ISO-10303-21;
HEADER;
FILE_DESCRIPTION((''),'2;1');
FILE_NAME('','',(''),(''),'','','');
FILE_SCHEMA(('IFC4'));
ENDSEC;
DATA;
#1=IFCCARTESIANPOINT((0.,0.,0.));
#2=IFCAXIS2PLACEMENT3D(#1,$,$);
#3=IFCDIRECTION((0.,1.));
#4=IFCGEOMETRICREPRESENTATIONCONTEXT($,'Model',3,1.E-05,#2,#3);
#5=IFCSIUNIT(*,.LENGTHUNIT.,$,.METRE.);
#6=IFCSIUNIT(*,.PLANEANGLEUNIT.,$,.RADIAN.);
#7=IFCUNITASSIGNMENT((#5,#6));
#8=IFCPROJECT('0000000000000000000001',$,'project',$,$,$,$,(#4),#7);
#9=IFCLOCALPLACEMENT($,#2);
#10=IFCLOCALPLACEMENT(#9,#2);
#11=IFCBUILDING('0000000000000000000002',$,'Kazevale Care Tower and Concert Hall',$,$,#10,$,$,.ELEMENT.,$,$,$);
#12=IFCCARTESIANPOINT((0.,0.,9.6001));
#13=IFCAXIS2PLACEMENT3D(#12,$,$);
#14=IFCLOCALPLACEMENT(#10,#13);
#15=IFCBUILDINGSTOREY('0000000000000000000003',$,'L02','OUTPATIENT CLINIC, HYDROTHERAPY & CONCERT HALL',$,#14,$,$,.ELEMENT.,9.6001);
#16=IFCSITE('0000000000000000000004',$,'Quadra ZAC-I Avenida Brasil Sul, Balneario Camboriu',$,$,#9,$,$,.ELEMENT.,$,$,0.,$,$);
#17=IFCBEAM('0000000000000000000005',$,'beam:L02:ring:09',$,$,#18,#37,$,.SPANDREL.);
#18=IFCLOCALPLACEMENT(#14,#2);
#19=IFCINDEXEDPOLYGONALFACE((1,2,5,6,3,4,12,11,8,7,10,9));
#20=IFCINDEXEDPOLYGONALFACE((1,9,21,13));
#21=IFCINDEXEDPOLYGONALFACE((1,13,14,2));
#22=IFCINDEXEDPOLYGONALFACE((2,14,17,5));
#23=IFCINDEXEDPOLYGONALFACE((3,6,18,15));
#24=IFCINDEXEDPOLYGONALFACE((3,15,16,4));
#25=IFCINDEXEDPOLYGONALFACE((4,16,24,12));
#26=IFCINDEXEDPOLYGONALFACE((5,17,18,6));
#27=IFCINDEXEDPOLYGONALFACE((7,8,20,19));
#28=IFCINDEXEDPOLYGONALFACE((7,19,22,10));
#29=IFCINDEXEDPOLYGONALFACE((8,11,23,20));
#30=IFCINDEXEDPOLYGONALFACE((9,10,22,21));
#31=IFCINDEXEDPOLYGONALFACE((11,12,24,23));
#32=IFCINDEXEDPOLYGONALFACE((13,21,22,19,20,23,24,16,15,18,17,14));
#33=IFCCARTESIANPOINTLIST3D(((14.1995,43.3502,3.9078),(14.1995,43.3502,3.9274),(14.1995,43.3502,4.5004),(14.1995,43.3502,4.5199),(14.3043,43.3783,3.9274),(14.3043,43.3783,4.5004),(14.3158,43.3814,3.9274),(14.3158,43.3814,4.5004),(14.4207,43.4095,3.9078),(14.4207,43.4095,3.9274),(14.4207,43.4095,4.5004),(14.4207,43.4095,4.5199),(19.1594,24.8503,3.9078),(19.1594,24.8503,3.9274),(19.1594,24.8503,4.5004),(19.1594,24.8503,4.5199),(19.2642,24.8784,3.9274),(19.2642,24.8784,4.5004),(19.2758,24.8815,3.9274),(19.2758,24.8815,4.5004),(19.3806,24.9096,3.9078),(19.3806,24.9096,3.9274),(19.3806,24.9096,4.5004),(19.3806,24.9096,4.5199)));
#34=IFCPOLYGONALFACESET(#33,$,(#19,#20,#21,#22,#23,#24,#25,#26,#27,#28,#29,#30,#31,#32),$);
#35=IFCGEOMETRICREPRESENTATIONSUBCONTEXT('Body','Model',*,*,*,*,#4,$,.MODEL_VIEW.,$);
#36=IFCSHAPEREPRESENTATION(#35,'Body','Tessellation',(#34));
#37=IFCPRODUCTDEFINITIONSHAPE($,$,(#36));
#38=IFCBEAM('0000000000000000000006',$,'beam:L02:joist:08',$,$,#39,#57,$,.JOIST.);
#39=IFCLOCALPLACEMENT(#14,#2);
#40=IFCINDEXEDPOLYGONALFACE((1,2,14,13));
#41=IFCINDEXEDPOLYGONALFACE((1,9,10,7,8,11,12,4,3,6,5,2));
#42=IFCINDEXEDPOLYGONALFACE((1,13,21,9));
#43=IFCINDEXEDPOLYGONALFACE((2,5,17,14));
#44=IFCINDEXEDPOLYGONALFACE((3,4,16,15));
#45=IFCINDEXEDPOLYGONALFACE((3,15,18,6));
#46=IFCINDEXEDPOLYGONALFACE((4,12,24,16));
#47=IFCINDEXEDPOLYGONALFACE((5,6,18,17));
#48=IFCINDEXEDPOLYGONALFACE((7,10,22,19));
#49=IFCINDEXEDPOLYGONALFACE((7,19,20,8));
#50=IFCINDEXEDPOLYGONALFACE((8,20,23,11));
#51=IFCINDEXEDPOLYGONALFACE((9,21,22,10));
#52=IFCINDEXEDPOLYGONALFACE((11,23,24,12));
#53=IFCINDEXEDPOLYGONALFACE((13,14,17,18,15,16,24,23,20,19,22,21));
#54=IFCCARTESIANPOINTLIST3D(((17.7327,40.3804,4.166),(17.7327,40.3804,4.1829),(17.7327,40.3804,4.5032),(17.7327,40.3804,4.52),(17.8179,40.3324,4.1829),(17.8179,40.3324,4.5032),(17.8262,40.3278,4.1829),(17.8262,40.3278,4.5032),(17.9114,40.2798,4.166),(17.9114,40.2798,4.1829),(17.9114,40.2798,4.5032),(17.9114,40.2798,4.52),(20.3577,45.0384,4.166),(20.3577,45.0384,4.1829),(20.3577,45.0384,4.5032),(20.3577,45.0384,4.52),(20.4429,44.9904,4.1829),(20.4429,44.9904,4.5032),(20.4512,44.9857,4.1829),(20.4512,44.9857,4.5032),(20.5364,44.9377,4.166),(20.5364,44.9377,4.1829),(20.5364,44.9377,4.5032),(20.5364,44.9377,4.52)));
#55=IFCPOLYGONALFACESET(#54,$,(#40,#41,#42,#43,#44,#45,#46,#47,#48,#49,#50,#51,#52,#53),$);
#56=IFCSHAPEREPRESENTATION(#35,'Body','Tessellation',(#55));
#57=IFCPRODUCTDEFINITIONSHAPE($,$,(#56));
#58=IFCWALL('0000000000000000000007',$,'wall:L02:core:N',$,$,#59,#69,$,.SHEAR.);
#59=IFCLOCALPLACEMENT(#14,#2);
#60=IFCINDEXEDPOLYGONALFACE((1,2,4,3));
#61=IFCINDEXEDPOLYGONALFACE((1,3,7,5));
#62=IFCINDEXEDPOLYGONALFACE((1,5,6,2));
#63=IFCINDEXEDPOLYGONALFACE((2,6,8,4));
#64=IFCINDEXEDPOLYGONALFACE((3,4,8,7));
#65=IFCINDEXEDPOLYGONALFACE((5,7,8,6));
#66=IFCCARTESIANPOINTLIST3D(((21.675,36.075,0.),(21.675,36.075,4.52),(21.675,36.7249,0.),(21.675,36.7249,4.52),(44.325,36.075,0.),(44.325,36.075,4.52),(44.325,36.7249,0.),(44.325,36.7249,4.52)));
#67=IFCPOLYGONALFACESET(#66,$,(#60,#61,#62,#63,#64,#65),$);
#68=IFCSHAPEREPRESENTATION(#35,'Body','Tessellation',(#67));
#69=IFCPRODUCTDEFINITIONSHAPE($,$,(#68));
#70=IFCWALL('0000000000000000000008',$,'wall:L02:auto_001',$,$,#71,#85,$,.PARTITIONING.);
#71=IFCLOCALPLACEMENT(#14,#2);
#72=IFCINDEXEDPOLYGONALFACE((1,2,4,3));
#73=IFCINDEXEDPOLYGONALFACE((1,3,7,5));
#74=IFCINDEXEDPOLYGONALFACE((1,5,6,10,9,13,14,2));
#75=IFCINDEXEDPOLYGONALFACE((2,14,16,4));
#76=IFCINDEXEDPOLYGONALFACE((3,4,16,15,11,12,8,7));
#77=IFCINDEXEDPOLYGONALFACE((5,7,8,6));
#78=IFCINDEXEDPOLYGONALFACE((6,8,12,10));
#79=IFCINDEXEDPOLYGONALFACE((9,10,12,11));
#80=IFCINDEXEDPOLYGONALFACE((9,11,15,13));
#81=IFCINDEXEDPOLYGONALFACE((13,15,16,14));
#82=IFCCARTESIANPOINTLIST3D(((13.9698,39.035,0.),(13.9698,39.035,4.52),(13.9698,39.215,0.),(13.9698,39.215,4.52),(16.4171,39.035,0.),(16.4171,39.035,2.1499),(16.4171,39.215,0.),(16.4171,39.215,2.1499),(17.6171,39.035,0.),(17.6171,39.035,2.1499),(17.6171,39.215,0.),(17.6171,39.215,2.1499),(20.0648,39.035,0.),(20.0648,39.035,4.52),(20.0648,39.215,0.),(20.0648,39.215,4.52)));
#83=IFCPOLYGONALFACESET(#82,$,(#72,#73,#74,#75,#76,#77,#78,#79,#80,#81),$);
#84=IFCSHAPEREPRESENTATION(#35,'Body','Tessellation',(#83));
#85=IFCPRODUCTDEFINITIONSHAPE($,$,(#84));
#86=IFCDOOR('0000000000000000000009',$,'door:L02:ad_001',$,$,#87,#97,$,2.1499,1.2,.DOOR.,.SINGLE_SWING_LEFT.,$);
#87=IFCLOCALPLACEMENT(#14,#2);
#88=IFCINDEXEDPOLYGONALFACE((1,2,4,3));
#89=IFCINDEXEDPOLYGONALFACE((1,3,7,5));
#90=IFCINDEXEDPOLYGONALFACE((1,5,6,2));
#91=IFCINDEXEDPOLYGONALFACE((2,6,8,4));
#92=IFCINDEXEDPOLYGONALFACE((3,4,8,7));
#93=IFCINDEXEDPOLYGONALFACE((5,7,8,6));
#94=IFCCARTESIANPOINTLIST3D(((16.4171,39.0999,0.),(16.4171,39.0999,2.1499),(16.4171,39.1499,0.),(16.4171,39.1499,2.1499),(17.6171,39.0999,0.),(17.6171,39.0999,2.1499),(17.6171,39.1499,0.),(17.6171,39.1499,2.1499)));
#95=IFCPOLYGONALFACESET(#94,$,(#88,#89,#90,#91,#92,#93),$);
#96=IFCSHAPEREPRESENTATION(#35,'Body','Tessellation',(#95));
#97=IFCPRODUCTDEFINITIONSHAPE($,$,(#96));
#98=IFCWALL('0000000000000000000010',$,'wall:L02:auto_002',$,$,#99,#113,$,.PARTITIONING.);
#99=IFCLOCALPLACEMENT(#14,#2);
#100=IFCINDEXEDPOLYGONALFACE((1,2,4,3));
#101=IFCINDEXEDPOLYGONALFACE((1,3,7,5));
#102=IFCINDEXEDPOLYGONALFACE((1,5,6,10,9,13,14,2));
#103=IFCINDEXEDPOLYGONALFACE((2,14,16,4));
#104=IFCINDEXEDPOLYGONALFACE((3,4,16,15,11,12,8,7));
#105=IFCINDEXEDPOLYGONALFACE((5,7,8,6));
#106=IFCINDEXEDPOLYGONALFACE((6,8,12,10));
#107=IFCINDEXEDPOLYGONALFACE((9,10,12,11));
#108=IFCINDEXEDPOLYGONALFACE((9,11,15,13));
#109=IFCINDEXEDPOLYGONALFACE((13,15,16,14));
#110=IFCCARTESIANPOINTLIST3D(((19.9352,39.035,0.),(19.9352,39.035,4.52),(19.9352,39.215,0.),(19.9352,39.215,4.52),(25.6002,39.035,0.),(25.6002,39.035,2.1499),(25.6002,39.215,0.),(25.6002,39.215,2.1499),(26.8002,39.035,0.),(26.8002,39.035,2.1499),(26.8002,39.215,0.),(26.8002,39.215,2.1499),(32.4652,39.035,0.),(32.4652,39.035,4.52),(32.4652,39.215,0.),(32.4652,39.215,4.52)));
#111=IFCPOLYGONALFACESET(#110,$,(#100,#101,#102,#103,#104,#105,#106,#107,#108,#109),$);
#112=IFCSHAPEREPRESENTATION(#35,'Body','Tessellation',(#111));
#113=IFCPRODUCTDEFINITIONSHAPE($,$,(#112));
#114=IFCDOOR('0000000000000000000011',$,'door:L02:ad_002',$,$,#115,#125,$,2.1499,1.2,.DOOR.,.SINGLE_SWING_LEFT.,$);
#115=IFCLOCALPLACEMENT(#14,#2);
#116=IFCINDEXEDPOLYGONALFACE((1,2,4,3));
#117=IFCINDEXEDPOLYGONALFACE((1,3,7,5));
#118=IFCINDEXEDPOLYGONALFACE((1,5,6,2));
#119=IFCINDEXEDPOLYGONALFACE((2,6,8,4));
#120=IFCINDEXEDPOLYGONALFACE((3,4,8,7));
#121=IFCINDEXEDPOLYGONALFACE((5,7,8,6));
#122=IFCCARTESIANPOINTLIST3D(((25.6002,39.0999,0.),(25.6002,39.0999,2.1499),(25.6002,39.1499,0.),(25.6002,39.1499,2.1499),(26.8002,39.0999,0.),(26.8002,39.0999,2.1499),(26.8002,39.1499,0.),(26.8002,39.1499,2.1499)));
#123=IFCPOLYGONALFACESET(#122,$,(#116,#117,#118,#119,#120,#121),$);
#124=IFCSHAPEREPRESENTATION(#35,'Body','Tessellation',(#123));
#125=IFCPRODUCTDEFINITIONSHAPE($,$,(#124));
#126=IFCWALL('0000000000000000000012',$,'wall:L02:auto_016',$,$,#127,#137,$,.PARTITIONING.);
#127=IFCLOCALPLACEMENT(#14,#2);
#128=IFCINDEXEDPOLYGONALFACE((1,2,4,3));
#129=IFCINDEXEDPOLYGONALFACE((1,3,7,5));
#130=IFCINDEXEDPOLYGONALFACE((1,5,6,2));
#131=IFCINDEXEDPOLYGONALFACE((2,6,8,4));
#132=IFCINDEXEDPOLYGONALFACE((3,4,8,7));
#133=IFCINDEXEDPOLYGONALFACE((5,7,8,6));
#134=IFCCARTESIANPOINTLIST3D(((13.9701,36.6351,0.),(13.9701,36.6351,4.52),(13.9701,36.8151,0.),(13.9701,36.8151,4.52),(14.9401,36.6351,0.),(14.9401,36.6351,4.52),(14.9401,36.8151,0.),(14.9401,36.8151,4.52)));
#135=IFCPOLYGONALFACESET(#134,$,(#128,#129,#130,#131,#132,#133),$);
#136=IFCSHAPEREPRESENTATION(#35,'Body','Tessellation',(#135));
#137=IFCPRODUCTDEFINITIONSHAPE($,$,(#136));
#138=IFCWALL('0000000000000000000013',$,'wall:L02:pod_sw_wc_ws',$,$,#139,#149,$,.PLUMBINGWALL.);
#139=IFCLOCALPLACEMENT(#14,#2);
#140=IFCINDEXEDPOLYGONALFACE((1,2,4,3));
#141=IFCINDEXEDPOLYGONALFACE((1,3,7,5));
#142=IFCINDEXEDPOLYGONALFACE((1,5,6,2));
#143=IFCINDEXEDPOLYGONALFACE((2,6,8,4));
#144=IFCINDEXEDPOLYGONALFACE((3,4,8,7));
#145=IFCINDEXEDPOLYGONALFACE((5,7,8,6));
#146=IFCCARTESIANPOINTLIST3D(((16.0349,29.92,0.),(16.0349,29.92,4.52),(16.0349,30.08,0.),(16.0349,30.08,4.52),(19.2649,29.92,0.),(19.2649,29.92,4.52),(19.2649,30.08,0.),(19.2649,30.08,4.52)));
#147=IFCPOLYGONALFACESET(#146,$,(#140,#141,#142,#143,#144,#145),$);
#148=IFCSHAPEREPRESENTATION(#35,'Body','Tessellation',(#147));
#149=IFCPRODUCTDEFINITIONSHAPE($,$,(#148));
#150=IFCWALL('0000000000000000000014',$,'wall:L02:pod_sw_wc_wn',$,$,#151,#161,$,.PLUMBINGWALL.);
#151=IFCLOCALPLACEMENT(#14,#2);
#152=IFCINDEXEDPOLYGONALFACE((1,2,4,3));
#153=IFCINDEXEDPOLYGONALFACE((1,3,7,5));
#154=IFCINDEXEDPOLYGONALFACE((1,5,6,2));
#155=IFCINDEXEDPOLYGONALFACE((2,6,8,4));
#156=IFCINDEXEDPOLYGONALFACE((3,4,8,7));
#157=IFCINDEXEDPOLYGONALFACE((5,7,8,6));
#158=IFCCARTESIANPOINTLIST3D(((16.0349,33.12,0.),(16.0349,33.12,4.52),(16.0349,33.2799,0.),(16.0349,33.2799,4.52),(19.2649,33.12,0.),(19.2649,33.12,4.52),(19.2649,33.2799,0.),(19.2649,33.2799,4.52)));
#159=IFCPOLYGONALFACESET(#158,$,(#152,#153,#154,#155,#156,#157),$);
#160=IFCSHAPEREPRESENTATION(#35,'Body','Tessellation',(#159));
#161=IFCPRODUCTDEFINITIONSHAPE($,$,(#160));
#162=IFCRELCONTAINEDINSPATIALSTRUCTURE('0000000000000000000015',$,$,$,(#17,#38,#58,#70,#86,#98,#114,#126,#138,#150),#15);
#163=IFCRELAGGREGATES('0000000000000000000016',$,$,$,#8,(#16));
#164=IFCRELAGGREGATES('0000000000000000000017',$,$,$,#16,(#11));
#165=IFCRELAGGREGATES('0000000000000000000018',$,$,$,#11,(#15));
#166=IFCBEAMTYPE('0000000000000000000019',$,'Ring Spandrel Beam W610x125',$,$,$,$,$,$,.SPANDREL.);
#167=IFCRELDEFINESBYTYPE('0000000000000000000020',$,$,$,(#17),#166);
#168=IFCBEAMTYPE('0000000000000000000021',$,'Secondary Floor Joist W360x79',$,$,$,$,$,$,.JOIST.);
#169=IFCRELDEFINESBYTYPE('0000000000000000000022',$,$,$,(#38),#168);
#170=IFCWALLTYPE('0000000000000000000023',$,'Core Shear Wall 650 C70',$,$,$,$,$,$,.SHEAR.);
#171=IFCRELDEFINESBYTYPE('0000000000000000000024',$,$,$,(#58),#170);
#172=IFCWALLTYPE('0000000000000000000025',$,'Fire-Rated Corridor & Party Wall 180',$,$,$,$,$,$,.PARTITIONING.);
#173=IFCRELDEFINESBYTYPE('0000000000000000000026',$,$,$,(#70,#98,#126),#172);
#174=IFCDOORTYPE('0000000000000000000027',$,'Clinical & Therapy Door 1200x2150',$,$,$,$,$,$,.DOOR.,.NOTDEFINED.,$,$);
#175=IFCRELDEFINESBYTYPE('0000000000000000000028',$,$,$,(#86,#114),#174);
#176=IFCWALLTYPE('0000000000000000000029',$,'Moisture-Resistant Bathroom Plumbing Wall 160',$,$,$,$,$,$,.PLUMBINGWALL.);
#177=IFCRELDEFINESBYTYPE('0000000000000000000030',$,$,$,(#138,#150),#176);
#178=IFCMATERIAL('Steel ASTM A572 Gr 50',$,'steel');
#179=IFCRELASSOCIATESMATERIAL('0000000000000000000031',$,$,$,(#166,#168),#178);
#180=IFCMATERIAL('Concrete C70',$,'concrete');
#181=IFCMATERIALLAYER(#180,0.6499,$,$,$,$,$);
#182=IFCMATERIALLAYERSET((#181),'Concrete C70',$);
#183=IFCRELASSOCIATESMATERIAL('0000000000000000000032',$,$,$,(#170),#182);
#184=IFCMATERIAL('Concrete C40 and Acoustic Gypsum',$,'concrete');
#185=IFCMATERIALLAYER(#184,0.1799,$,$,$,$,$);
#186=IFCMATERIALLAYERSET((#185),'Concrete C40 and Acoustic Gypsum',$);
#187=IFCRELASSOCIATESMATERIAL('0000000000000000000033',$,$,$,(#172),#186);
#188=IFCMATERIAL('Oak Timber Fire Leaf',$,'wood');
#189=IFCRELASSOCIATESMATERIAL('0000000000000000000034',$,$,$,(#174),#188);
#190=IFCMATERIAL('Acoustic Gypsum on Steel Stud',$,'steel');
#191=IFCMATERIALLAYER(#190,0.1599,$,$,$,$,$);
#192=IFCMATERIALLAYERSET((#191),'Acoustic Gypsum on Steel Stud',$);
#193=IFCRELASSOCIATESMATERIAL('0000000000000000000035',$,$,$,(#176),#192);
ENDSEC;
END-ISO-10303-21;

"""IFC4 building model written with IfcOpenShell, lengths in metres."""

from ifc_helpers import new_model, si_unit, direction, frame, frame_2d, origin, origin_2d, place, context, subcontext, project, spatial, rectangle, i_section, extrude, material, layer, layer_set, material_profile, profile_set, type_object, element, fill, save


model = new_model("IFC4")

# Units and contexts
model_context = context("Model", 3, precision=1e-05, world=origin(), true_north=direction((0.0, 1.0)))
body_context = subcontext(model_context, "Body", "Model", "MODEL_VIEW")
ifc_project = project(units=[si_unit("LENGTHUNIT", "METRE"), si_unit("PLANEANGLEUNIT", "RADIAN")], contexts=[model_context])

# Site, building, storey
site_placement = place(None, origin())
site = spatial("IfcSite", under=ifc_project, at=site_placement, Name="Quadra ZAC-I Avenida Brasil Sul, Balneario Camboriu", CompositionType="ELEMENT", RefElevation=0.0)
building_placement = place(site_placement, origin())
building = spatial("IfcBuilding", under=site, at=building_placement, Name="Kazevale Care Tower and Concert Hall", CompositionType="ELEMENT")
storey_placement = place(building_placement, frame((0.0, 0.0, 9.6001)))
storey = spatial("IfcBuildingStorey", under=building, at=storey_placement, Name="L02", Description="OUTPATIENT CLINIC, HYDROTHERAPY & CONCERT HALL", CompositionType="ELEMENT", Elevation=9.6001)

# Shared definitions
ifc_material_1 = material(Name="Concrete C70", Category="concrete")

# Beams
ifc_material_2 = material(Name="Steel ASTM A572 Gr 50", Category="steel")
ifc_material_profile_1 = material_profile(ifc_material_2, i_section(OverallWidth=0.229, OverallDepth=0.6121, WebThickness=0.012, FlangeThickness=0.0195, at=origin_2d()), Name="W610x125")
ifc_profile_set_1 = profile_set([ifc_material_profile_1], Name="Steel ASTM A572 Gr 50")
beam_type_1 = type_object("IfcBeamType", Name="Ring Spandrel Beam W610x125", PredefinedType="SPANDREL", material=ifc_profile_set_1)
beam_1_placement = place(storey_placement, frame((14.3101, 43.3799, 4.2139), z_axis=(0.25896, -0.965888, 0.0), x_axis=(0.965888, 0.25896, 0.0)))
element("IfcBeam", 1, at=beam_1_placement, inside=storey, type_object=beam_type_1, Name="beam:L02:ring:09", PredefinedType="SPANDREL", context=body_context, shape_type="SweptSolid", body=[
    extrude(i_section(OverallWidth=0.229, OverallDepth=0.6121, WebThickness=0.012, FlangeThickness=0.0195, at=origin_2d()), origin(), (0.0, 0.0, 1.0), 19.1533),
])
ifc_material_profile_2 = material_profile(ifc_material_2, i_section(OverallWidth=0.2051, OverallDepth=0.354, WebThickness=0.0095, FlangeThickness=0.0168, at=origin_2d()), Name="W360x79")
ifc_profile_set_2 = profile_set([ifc_material_profile_2], Name="Steel ASTM A572 Gr 50")
beam_type_2 = type_object("IfcBeamType", Name="Secondary Floor Joist W360x79", PredefinedType="JOIST", material=ifc_profile_set_2)
beam_2_placement = place(storey_placement, frame((20.447, 44.988, 4.343), z_axis=(-0.490957, -0.871184, 0.0), x_axis=(0.871184, -0.490957, 0.0)))
element("IfcBeam", 2, at=beam_2_placement, inside=storey, type_object=beam_type_2, Name="beam:L02:joist:08", PredefinedType="JOIST", context=body_context, shape_type="SweptSolid", body=[
    extrude(i_section(OverallWidth=0.2051, OverallDepth=0.354, WebThickness=0.0095, FlangeThickness=0.0168, at=origin_2d()), origin(), (0.0, 0.0, 1.0), 5.3467),
])

# Wall
ifc_layer_1 = layer(ifc_material_1, 0.6499)
ifc_layer_set_1 = layer_set([ifc_layer_1], Name="Concrete C70")
wall_type_1 = type_object("IfcWallType", Name="Core Shear Wall 650 C70", PredefinedType="SHEAR", material=ifc_layer_set_1)
wall_1_placement = place(storey_placement, frame((21.675, 36.3999, 0.0), z_axis=(0.0, 0.0, 1.0), x_axis=(1.0, 0.0, 0.0)))
element("IfcWall", 3, at=wall_1_placement, inside=storey, type_object=wall_type_1, Name="wall:L02:core:N", PredefinedType="SHEAR", context=body_context, shape_type="SweptSolid", body=[
    extrude(rectangle(XDim=22.6499, YDim=0.6499, at=frame_2d((11.325, 0.0))), origin(), (0.0, 0.0, 1.0), 4.52),
])

# Walls, openings, doors
ifc_material_3 = material(Name="Concrete C40 and Acoustic Gypsum", Category="concrete")
ifc_layer_2 = layer(ifc_material_3, 0.1799)
ifc_layer_set_2 = layer_set([ifc_layer_2], Name="Concrete C40 and Acoustic Gypsum")
wall_type_2 = type_object("IfcWallType", Name="Fire-Rated Corridor & Party Wall 180", PredefinedType="PARTITIONING", material=ifc_layer_set_2)
wall_2_placement = place(storey_placement, frame((13.97, 39.125, 0.0), z_axis=(0.0, 0.0, 1.0), x_axis=(1.0, 0.0, 0.0)))
wall_2 = element("IfcWall", 4, at=wall_2_placement, inside=storey, type_object=wall_type_2, Name="wall:L02:auto_001", PredefinedType="PARTITIONING", context=body_context, shape_type="SweptSolid", body=[
    extrude(rectangle(XDim=6.095, YDim=0.1799, at=frame_2d((3.0474, 0.0))), origin(), (0.0, 0.0, 1.0), 4.52),
])
opening_1_placement = place(wall_2_placement, frame((2.447, 0.0, 0.0)))
opening_1 = element("IfcOpeningElement", 5, at=opening_1_placement, cuts=wall_2, PredefinedType="OPENING", context=body_context, shape_type="SweptSolid", body=[
    extrude(rectangle(XDim=1.2, YDim=2.1499, at=frame_2d((0.6001, 1.075))), frame((0.0, 0.0999, 0.0), z_axis=(0.0, -1.0, 0.0), x_axis=(1.0, 0.0, 0.0)), (0.0, 0.0, 1.0), 0.2),
])
ifc_material_4 = material(Name="Oak Timber Fire Leaf", Category="wood")
door_type = type_object("IfcDoorType", Name="Clinical & Therapy Door 1200x2150", OperationType="NOTDEFINED", PredefinedType="DOOR", material=ifc_material_4)
door_1_placement = place(opening_1_placement, origin())
door_1 = element("IfcDoor", 6, at=door_1_placement, inside=storey, type_object=door_type, Name="door:L02:ad_001", OperationType="SINGLE_SWING_LEFT", OverallHeight=2.1499, OverallWidth=1.2, PredefinedType="DOOR", context=body_context, shape_type="SweptSolid", body=[
    extrude(rectangle(XDim=1.2, YDim=2.1499, at=frame_2d((0.6001, 1.075))), frame((0.0, 0.0249, 0.0), z_axis=(0.0, -1.0, 0.0), x_axis=(1.0, 0.0, 0.0)), (0.0, 0.0, 1.0), 0.05),
])
fill(opening_1, door_1)
wall_3_placement = place(storey_placement, frame((19.9351, 39.125, 0.0), z_axis=(0.0, 0.0, 1.0), x_axis=(1.0, 0.0, 0.0)))
wall_3 = element("IfcWall", 7, at=wall_3_placement, inside=storey, type_object=wall_type_2, Name="wall:L02:auto_002", PredefinedType="PARTITIONING", context=body_context, shape_type="SweptSolid", body=[
    extrude(rectangle(XDim=12.53, YDim=0.1799, at=frame_2d((6.2651, 0.0))), origin(), (0.0, 0.0, 1.0), 4.52),
])
opening_2_placement = place(wall_3_placement, frame((5.665, 0.0, 0.0)))
opening_2 = element("IfcOpeningElement", 8, at=opening_2_placement, cuts=wall_3, PredefinedType="OPENING", context=body_context, shape_type="SweptSolid", body=[
    extrude(rectangle(XDim=1.2, YDim=2.1499, at=frame_2d((0.6001, 1.075))), frame((0.0, 0.0999, 0.0), z_axis=(0.0, -1.0, 0.0), x_axis=(1.0, 0.0, 0.0)), (0.0, 0.0, 1.0), 0.2),
])
door_2_placement = place(opening_2_placement, origin())
door_2 = element("IfcDoor", 9, at=door_2_placement, inside=storey, type_object=door_type, Name="door:L02:ad_002", OperationType="SINGLE_SWING_LEFT", OverallHeight=2.1499, OverallWidth=1.2, PredefinedType="DOOR", context=body_context, shape_type="SweptSolid", body=[
    extrude(rectangle(XDim=1.2, YDim=2.1499, at=frame_2d((0.6001, 1.075))), frame((0.0, 0.0249, 0.0), z_axis=(0.0, -1.0, 0.0), x_axis=(1.0, 0.0, 0.0)), (0.0, 0.0, 1.0), 0.05),
])
fill(opening_2, door_2)

# Walls
wall_4_placement = place(storey_placement, frame((14.9399, 36.7251, 0.0), z_axis=(0.0, 0.0, 1.0), x_axis=(-1.0, 0.0, 0.0)))
element("IfcWall", 10, at=wall_4_placement, inside=storey, type_object=wall_type_2, Name="wall:L02:auto_016", PredefinedType="PARTITIONING", context=body_context, shape_type="SweptSolid", body=[
    extrude(rectangle(XDim=0.97, YDim=0.1799, at=frame_2d((0.4849, 0.0))), origin(), (0.0, 0.0, 1.0), 4.52),
])
ifc_material_5 = material(Name="Acoustic Gypsum on Steel Stud", Category="steel")
ifc_layer_3 = layer(ifc_material_5, 0.1599)
ifc_layer_set_3 = layer_set([ifc_layer_3], Name="Acoustic Gypsum on Steel Stud")
wall_type_3 = type_object("IfcWallType", Name="Moisture-Resistant Bathroom Plumbing Wall 160", PredefinedType="PLUMBINGWALL", material=ifc_layer_set_3)
for number, where, z_axis, x_axis, name in (
    (11, (16.0349, 30.0, 0.0), (0.0, 0.0, 1.0), (1.0, 0.0, 0.0), "wall:L02:pod_sw_wc_ws"),
    (12, (16.0349, 33.2, 0.0), (0.0, 0.0, 1.0), (1.0, 0.0, 0.0), "wall:L02:pod_sw_wc_wn"),
):
    element("IfcWall", number, at=place(storey_placement, frame(where, z_axis=z_axis, x_axis=x_axis)), inside=storey, type_object=wall_type_3, Name=name, PredefinedType="PLUMBINGWALL", context=body_context, shape_type="SweptSolid", body=[
        extrude(rectangle(XDim=3.23, YDim=0.1599, at=frame_2d((1.615, 0.0))), origin(), (0.0, 0.0, 1.0), 4.52),
    ])

save(model, "model.ifc")
